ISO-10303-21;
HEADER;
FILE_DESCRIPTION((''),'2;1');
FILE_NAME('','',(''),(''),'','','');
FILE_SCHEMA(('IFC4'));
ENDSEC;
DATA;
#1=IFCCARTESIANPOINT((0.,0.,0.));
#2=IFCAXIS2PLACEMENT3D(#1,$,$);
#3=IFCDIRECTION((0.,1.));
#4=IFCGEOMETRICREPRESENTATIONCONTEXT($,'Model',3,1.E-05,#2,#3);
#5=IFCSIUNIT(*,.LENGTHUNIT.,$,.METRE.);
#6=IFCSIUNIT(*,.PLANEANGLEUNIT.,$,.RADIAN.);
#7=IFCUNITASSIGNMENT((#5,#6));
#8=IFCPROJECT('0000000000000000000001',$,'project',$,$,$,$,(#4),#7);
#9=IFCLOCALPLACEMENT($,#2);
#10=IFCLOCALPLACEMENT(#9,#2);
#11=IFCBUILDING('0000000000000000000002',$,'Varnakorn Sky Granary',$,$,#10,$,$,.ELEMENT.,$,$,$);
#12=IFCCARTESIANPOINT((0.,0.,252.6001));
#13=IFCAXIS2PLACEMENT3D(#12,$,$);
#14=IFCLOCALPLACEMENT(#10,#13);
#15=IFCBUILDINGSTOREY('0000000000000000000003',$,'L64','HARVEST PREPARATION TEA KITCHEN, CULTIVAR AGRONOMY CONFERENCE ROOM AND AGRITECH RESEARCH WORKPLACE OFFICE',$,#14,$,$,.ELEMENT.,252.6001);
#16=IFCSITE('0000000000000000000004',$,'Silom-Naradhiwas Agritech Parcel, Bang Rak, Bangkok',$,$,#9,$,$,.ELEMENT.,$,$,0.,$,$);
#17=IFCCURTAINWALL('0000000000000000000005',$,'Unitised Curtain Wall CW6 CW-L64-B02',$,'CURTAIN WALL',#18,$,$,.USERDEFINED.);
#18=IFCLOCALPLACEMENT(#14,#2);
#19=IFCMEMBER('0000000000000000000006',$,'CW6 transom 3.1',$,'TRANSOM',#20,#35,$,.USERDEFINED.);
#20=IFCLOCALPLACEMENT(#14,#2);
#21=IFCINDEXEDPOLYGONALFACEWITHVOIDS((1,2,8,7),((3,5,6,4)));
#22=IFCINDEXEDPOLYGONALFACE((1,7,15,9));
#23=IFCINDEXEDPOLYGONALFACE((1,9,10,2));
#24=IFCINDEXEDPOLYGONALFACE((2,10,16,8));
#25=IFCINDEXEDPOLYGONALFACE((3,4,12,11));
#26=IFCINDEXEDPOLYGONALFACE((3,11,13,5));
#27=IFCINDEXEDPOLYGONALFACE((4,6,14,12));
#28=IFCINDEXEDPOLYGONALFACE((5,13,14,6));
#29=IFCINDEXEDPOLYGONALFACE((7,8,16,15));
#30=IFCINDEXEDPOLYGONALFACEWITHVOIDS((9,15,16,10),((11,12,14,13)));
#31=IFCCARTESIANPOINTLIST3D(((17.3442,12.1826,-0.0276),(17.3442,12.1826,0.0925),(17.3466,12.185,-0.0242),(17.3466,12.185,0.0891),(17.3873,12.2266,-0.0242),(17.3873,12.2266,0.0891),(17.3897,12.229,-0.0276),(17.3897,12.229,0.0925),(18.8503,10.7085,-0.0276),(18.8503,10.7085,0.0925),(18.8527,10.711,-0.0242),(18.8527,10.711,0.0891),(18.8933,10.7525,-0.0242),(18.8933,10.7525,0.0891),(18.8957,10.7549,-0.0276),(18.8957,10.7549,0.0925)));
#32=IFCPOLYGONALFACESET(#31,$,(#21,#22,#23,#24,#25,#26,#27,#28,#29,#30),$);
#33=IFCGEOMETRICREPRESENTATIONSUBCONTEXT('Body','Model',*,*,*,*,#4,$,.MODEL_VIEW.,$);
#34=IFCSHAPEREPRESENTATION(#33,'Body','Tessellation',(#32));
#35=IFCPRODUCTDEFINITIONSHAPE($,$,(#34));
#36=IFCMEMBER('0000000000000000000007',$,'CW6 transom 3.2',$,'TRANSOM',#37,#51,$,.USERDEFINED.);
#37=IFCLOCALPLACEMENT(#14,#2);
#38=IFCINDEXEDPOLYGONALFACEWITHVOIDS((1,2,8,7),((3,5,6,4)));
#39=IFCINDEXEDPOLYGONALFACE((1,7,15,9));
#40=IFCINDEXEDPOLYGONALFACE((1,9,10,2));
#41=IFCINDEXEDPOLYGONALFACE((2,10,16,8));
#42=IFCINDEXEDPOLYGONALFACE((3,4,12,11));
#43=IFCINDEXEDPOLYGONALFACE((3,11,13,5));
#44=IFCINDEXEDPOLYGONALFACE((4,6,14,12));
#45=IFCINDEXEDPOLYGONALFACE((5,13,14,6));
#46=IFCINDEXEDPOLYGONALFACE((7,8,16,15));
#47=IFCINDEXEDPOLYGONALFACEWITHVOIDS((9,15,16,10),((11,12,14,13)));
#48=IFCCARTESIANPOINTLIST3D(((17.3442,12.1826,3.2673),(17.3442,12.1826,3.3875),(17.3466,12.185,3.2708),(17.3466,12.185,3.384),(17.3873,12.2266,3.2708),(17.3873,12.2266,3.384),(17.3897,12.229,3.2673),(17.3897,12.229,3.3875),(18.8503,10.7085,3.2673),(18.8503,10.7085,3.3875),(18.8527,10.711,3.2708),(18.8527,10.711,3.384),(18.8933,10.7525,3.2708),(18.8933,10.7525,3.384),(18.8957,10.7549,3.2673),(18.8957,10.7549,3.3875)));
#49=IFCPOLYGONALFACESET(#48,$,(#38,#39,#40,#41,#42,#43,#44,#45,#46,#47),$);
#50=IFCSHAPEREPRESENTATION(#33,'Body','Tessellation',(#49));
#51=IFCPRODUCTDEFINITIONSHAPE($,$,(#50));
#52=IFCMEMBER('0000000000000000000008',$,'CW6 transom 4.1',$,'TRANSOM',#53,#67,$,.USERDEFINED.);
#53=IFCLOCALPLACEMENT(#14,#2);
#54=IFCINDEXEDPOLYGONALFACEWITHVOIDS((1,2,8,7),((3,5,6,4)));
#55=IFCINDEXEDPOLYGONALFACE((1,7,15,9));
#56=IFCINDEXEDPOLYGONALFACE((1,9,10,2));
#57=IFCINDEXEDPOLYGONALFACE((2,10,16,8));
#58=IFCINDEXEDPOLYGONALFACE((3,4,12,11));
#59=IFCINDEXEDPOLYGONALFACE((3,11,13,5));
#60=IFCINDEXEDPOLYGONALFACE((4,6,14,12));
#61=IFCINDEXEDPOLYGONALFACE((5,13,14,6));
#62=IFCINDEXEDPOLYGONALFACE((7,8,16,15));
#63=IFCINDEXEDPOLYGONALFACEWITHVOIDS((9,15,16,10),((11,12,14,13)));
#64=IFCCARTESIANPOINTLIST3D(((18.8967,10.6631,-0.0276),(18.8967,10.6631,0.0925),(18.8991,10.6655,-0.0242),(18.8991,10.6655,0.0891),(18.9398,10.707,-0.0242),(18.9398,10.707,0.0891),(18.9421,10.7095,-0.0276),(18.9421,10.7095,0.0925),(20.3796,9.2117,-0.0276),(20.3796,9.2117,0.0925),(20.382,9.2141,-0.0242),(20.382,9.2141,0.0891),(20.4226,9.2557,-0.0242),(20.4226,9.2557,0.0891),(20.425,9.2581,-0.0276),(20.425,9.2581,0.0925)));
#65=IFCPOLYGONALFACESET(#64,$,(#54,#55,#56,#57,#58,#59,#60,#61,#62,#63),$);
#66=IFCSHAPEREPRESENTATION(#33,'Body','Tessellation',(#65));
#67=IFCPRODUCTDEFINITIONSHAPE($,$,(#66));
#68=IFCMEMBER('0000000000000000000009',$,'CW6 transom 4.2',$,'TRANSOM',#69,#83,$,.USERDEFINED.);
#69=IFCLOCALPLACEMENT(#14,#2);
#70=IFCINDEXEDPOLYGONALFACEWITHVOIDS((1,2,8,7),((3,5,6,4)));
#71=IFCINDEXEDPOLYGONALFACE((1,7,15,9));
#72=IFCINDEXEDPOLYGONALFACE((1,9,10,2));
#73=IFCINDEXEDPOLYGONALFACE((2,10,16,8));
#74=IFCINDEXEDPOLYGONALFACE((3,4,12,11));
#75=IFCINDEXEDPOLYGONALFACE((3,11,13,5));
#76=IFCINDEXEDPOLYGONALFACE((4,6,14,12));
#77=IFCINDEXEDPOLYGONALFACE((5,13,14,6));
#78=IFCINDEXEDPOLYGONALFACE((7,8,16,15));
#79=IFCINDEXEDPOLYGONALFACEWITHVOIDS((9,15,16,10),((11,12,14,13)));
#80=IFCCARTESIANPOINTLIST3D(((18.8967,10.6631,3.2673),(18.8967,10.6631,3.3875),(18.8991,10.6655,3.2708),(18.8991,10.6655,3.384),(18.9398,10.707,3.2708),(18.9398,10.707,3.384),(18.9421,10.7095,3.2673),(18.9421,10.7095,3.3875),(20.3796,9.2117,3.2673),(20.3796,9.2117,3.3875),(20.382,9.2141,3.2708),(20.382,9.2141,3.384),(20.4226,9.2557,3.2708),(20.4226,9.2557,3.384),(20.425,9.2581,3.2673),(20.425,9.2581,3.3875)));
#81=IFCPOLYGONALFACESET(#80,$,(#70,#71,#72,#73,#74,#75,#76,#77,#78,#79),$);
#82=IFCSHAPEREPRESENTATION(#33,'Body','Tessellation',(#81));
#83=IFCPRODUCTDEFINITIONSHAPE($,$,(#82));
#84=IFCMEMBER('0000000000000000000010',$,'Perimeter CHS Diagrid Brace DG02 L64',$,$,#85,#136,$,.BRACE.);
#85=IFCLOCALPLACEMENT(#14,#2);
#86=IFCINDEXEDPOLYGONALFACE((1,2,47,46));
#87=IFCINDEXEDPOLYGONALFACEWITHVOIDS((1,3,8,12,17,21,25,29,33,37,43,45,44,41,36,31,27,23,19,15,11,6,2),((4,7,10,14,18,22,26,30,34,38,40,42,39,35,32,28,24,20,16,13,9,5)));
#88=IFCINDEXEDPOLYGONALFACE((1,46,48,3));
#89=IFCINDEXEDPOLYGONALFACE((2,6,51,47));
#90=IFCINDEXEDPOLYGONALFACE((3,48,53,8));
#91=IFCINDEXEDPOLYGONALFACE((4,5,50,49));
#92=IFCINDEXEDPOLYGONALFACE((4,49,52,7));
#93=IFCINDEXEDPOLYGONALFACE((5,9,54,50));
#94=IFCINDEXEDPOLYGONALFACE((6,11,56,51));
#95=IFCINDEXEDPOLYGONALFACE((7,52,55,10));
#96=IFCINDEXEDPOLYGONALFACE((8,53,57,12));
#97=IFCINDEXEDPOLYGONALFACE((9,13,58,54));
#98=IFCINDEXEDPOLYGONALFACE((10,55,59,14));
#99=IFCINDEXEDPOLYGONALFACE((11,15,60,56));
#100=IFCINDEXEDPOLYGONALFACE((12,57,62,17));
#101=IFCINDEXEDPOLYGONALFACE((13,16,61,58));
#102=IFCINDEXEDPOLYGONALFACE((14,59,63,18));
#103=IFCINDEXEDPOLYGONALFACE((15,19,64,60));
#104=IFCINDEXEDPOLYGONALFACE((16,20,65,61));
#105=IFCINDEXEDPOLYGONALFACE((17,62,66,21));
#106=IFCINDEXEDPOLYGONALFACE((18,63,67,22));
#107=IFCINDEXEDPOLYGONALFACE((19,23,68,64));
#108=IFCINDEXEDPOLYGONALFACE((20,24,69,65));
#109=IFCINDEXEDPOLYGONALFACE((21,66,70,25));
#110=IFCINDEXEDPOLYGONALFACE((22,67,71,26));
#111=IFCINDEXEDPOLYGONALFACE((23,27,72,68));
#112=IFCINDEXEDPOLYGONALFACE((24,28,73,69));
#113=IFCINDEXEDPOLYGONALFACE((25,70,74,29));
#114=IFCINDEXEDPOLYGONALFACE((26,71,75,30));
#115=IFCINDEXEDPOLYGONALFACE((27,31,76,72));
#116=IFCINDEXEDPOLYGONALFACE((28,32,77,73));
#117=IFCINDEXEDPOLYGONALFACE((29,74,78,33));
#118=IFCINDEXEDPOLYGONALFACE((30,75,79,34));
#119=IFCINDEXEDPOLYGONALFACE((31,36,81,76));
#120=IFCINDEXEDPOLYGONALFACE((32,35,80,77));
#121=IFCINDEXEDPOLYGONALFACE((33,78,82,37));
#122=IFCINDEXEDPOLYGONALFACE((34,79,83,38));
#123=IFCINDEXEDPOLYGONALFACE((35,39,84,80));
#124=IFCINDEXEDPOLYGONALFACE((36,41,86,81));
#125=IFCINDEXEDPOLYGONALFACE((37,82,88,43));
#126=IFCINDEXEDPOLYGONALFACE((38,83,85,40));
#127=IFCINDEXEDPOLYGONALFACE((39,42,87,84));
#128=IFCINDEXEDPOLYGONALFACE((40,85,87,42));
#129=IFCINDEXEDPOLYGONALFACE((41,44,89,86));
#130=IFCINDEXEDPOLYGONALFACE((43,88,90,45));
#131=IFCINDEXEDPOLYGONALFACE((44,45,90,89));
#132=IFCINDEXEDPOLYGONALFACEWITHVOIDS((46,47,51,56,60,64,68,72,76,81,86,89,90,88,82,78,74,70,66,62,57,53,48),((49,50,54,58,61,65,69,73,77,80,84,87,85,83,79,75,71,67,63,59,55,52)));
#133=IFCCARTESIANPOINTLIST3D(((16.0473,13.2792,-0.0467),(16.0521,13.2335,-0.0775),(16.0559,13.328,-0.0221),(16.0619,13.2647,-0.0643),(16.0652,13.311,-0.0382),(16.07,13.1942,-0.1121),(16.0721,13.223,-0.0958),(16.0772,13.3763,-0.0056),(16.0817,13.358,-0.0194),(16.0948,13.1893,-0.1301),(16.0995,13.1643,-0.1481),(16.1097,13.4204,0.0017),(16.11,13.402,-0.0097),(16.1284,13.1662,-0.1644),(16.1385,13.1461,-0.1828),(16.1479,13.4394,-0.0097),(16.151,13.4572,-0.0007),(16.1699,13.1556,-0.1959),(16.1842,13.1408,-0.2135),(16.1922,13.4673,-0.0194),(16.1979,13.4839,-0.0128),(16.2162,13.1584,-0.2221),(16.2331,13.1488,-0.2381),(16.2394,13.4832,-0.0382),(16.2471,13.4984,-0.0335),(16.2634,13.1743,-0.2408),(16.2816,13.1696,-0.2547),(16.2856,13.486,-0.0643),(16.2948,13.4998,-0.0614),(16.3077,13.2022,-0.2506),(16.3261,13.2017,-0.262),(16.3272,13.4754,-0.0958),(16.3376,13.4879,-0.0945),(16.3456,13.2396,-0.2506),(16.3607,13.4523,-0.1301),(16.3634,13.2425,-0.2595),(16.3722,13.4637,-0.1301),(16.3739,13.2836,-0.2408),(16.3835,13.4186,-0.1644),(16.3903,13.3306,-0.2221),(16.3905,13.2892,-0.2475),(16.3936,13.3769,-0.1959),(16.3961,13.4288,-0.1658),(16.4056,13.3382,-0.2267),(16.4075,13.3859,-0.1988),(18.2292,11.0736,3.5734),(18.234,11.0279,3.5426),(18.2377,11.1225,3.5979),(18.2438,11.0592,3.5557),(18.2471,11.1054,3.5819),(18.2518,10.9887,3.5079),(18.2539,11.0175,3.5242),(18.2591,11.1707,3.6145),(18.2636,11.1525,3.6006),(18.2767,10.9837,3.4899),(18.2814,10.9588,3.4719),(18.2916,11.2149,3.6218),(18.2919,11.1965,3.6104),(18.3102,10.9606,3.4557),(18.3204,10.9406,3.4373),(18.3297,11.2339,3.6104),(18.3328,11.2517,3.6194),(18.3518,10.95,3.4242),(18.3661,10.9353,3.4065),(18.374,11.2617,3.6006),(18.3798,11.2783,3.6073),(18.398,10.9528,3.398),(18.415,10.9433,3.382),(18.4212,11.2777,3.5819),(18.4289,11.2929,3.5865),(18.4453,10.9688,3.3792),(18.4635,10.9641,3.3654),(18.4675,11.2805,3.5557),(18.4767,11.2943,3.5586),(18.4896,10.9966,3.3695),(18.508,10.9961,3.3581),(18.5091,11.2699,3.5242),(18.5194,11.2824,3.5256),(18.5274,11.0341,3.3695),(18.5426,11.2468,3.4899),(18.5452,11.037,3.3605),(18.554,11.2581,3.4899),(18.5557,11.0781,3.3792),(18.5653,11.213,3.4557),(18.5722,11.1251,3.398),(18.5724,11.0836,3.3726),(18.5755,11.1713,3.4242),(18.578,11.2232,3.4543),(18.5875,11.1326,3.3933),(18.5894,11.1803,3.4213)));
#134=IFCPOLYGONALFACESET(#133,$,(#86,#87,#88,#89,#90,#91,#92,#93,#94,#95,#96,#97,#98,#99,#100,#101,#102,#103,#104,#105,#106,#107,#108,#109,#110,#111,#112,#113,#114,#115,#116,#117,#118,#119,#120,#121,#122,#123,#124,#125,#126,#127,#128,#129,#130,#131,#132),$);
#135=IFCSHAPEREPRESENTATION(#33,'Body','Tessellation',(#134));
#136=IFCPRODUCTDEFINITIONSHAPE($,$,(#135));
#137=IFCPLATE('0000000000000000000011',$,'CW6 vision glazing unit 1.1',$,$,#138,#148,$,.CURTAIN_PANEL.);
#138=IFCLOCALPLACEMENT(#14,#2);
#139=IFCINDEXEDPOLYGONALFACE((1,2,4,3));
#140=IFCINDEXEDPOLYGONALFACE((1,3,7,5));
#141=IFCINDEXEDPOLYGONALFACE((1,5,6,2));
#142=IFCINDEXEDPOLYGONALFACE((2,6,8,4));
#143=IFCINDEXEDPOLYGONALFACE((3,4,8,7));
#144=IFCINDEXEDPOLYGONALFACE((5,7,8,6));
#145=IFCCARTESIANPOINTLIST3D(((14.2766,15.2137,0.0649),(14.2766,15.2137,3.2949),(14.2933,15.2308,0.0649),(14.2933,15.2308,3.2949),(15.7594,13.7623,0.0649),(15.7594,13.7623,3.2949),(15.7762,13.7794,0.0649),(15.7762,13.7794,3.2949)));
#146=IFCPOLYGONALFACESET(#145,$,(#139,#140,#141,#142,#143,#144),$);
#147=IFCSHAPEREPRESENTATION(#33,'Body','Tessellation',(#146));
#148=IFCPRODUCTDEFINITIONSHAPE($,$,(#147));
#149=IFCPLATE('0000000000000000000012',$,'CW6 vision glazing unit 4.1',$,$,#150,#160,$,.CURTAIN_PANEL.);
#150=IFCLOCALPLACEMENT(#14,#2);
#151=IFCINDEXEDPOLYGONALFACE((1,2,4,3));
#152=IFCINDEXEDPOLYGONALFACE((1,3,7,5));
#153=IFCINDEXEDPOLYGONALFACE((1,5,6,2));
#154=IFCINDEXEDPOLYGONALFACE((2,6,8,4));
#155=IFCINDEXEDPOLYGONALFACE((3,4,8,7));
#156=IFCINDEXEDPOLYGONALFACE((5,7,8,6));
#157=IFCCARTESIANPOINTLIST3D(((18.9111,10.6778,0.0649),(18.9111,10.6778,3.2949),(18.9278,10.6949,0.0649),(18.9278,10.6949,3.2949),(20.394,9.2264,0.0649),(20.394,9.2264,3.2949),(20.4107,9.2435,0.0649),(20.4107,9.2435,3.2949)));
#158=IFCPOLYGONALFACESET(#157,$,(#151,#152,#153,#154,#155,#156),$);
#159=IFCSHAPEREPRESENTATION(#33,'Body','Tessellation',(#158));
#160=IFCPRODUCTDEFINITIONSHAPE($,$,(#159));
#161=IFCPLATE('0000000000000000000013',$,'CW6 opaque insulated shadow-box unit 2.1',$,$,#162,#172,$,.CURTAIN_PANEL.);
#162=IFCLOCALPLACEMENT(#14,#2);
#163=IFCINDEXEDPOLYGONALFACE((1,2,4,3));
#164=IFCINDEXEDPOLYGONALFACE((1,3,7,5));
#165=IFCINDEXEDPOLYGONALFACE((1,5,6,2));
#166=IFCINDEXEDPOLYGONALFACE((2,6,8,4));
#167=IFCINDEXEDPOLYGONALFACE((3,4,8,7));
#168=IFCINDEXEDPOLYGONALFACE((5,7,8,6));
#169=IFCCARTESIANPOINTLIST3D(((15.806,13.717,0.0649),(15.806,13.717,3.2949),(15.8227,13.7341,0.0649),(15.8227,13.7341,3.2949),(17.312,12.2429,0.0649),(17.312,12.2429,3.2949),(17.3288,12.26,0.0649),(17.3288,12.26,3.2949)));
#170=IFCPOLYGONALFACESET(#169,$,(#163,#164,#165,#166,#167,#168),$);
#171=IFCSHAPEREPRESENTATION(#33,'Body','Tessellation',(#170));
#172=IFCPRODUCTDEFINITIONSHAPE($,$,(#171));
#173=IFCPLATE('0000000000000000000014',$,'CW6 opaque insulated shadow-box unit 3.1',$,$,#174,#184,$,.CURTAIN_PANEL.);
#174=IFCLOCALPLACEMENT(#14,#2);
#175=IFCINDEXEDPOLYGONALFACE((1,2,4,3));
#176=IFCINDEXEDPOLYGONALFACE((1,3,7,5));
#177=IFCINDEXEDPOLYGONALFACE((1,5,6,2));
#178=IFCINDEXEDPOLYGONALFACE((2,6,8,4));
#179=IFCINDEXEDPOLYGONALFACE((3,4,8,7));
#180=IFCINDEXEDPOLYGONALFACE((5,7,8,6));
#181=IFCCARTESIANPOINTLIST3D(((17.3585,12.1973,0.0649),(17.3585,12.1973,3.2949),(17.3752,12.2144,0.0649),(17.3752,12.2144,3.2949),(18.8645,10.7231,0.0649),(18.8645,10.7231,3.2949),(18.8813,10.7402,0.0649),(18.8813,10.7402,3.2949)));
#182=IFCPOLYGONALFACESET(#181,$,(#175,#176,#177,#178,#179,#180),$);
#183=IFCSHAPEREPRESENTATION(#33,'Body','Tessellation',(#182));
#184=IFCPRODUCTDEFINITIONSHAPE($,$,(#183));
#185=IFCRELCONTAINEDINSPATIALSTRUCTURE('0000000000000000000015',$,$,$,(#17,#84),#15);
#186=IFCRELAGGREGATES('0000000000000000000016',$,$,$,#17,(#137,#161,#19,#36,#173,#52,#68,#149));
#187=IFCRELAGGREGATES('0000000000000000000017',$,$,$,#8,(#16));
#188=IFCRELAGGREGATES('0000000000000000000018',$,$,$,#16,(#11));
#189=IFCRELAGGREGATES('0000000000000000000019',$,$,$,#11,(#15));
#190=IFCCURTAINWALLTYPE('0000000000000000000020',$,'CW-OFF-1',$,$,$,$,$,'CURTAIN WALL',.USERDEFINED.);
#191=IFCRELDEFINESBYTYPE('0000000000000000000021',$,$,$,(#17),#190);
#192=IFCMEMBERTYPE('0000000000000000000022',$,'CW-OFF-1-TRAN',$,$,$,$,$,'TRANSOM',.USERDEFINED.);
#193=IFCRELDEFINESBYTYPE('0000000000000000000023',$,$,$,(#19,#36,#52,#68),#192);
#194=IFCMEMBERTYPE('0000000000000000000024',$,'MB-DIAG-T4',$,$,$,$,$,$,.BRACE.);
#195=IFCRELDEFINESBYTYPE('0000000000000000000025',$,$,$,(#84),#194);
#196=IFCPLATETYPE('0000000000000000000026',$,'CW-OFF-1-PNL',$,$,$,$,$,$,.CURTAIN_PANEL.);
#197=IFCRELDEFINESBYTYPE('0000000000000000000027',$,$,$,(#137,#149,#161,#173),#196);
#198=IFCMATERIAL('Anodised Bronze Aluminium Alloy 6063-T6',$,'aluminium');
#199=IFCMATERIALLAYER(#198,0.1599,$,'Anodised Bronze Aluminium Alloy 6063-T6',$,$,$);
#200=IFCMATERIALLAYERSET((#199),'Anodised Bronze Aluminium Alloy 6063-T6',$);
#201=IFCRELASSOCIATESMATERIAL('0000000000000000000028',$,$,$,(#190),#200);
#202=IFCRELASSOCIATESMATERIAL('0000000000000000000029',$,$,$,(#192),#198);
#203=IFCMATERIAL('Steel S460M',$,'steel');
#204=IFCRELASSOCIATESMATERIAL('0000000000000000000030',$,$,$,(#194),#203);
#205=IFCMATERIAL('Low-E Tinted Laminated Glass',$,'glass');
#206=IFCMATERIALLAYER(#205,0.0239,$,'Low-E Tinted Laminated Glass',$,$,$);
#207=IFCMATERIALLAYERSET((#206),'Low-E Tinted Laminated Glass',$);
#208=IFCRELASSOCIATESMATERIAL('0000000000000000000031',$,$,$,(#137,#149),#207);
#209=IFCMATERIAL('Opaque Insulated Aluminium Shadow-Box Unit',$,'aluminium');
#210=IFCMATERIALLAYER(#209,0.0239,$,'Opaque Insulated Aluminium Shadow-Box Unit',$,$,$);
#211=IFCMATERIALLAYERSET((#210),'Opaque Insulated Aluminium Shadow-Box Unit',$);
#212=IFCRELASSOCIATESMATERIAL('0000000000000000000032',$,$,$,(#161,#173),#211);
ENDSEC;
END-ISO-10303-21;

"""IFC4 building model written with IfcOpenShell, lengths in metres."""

from ifc_helpers import new_model, si_unit, direction, frame, origin, origin_2d, place, context, subcontext, project, spatial, rectangle, hollow_rectangle, hollow_circle, extrude, source, transform, mapped, material, layer, layer_set, material_profile, profile_set, type_object, type_shapes, element, aggregate, save


model = new_model("IFC4")

# Units and contexts
model_context = context("Model", 3, precision=1e-05, world=origin(), true_north=direction((0.0, 1.0)))
body_context = subcontext(model_context, "Body", "Model", "MODEL_VIEW")
ifc_project = project(units=[si_unit("LENGTHUNIT", "METRE"), si_unit("PLANEANGLEUNIT", "RADIAN")], contexts=[model_context])

# Site, building, storey
site_placement = place(None, origin())
site = spatial("IfcSite", under=ifc_project, at=site_placement, Name="Silom-Naradhiwas Agritech Parcel, Bang Rak, Bangkok", CompositionType="ELEMENT", RefElevation=0.0)
building_placement = place(site_placement, origin())
building = spatial("IfcBuilding", under=site, at=building_placement, Name="Varnakorn Sky Granary", CompositionType="ELEMENT")
storey_placement = place(building_placement, frame((0.0, 0.0, 252.6001)))
storey = spatial("IfcBuildingStorey", under=building, at=storey_placement, Name="L64", Description="HARVEST PREPARATION TEA KITCHEN, CULTIVAR AGRONOMY CONFERENCE ROOM AND AGRITECH RESEARCH WORKPLACE OFFICE", CompositionType="ELEMENT", Elevation=252.6001)

# Curtain wall, members
ifc_material_1 = material(Name="Anodised Bronze Aluminium Alloy 6063-T6", Category="aluminium")
ifc_layer_1 = layer(ifc_material_1, 0.1599, Name="Anodised Bronze Aluminium Alloy 6063-T6")
ifc_layer_set_1 = layer_set([ifc_layer_1], Name="Anodised Bronze Aluminium Alloy 6063-T6")
curtain_wall_type = type_object("IfcCurtainWallType", Name="CW-OFF-1", ElementType="CURTAIN WALL", PredefinedType="USERDEFINED", material=ifc_layer_set_1)
curtain_wall_placement = place(storey_placement, origin())
curtain_wall = element("IfcCurtainWall", 1, at=curtain_wall_placement, inside=storey, type_object=curtain_wall_type, Name="Unitised Curtain Wall CW6 CW-L64-B02", ObjectType="CURTAIN WALL", PredefinedType="USERDEFINED")
ifc_material_profile_1 = material_profile(ifc_material_1, hollow_rectangle(XDim=0.0649, YDim=0.1201, WallThickness=0.0034, at=origin_2d()), Name="ALU TRAN 65x120")
ifc_profile_set_1 = profile_set([ifc_material_profile_1], Name="Anodised Bronze Aluminium Alloy 6063-T6")
member_type_1 = type_object("IfcMemberType", Name="CW-OFF-1-TRAN", ElementType="TRANSOM", PredefinedType="USERDEFINED", material=ifc_profile_set_1)
member_1_placement = place(storey_placement, frame((17.3669, 12.2058, 0.0325), z_axis=(0.714654, -0.699478, 0.0), x_axis=(0.699478, 0.714654, 0.0)))
member_1 = element("IfcMember", 2, at=member_1_placement, type_object=member_type_1, Name="CW6 transom 3.1", ObjectType="TRANSOM", PredefinedType="USERDEFINED", context=body_context, shape_type="SweptSolid", body=[
    extrude(hollow_rectangle(XDim=0.0649, YDim=0.1201, WallThickness=0.0034, at=origin_2d()), origin(), (0.0, 0.0, 1.0), 2.1074),
])
member_2_placement = place(storey_placement, frame((17.3669, 12.2058, 3.3274), z_axis=(0.714654, -0.699478, 0.0), x_axis=(0.699478, 0.714654, 0.0)))
member_2 = element("IfcMember", 3, at=member_2_placement, type_object=member_type_1, Name="CW6 transom 3.2", ObjectType="TRANSOM", PredefinedType="USERDEFINED", context=body_context, shape_type="SweptSolid", body=[
    extrude(hollow_rectangle(XDim=0.0649, YDim=0.1201, WallThickness=0.0034, at=origin_2d()), origin(), (0.0, 0.0, 1.0), 2.1074),
])
member_3_placement = place(storey_placement, frame((18.9194, 10.6863, 0.0325), z_axis=(0.714655, -0.699477, 0.0), x_axis=(0.699477, 0.714655, 0.0)))
member_3 = element("IfcMember", 4, at=member_3_placement, type_object=member_type_1, Name="CW6 transom 4.1", ObjectType="TRANSOM", PredefinedType="USERDEFINED", context=body_context, shape_type="SweptSolid", body=[
    extrude(hollow_rectangle(XDim=0.0649, YDim=0.1201, WallThickness=0.0034, at=origin_2d()), origin(), (0.0, 0.0, 1.0), 2.075),
])
member_4_placement = place(storey_placement, frame((18.9194, 10.6863, 3.3274), z_axis=(0.714655, -0.699477, 0.0), x_axis=(0.699477, 0.714655, 0.0)))
member_4 = element("IfcMember", 5, at=member_4_placement, type_object=member_type_1, Name="CW6 transom 4.2", ObjectType="TRANSOM", PredefinedType="USERDEFINED", context=body_context, shape_type="SweptSolid", body=[
    extrude(hollow_rectangle(XDim=0.0649, YDim=0.1201, WallThickness=0.0034, at=origin_2d()), origin(), (0.0, 0.0, 1.0), 2.075),
])

# Member
ifc_material_2 = material(Name="Steel S460M", Category="steel")
ifc_material_profile_2 = material_profile(ifc_material_2, hollow_circle(Radius=0.2031, WallThickness=0.0161, at=origin_2d()), Name="CHS 406.4x16")
ifc_profile_set_2 = profile_set([ifc_material_profile_2], Name="Steel S460M")
member_type_2 = type_object("IfcMemberType", Name="MB-DIAG-T4", PredefinedType="BRACE", material=ifc_profile_set_2)
member_5_placement = place(storey_placement, frame((16.2278, 13.3208, -0.1301), z_axis=(0.457645, -0.462612, 0.75931), x_axis=(0.710913, 0.70328, 0.0)))
element("IfcMember", 6, at=member_5_placement, inside=storey, type_object=member_type_2, Name="Perimeter CHS Diagrid Brace DG02 L64", PredefinedType="BRACE", context=body_context, shape_type="SweptSolid", body=[
    extrude(hollow_circle(Radius=0.2031, WallThickness=0.0161, at=origin_2d()), origin(), (0.0, 0.0, 1.0), 4.7676),
])

# Plates
ifc_material_3 = material(Name="Low-E Tinted Laminated Glass", Category="glass")
ifc_layer_2 = layer(ifc_material_3, 0.0239, Name="Low-E Tinted Laminated Glass")
ifc_layer_set_2 = layer_set([ifc_layer_2], Name="Low-E Tinted Laminated Glass")
plate_type = type_object("IfcPlateType", Name="CW-OFF-1-PNL", PredefinedType="CURTAIN_PANEL")
shared_shape_1 = source(origin(), body_context, "Body", "SweptSolid", [
    extrude(rectangle(XDim=2.075, YDim=0.0239, at=origin_2d()), origin(), (0.0, 0.0, 1.0), 3.23),
])
plate_1_placement = place(storey_placement, frame((15.0264, 14.4966, 0.0649), z_axis=(0.0, 0.0, 1.0), x_axis=(0.71465, -0.699482, 0.0)))
plate_1 = element("IfcPlate", 7, at=plate_1_placement, type_object=plate_type, material=ifc_layer_set_2, Name="CW6 vision glazing unit 1.1", PredefinedType="CURTAIN_PANEL", context=body_context, shape_type="MappedRepresentation", body=[
    mapped(shared_shape_1, transform((0.0, 0.0, 0.0), x_axis=(1.0, 0.0, 0.0), y_axis=(0.0, 1.0, 0.0), z_axis=(0.0, 0.0, 1.0), scale=1.0)),
])
plate_2_placement = place(storey_placement, frame((19.6609, 9.9607, 0.0649), z_axis=(0.0, 0.0, 1.0), x_axis=(0.71465, -0.699482, 0.0)))
plate_2 = element("IfcPlate", 8, at=plate_2_placement, type_object=plate_type, material=ifc_layer_set_2, Name="CW6 vision glazing unit 4.1", PredefinedType="CURTAIN_PANEL", context=body_context, shape_type="MappedRepresentation", body=[
    mapped(shared_shape_1, transform((0.0, 0.0, 0.0), x_axis=(1.0, 0.0, 0.0), y_axis=(0.0, 1.0, 0.0), z_axis=(0.0, 0.0, 1.0), scale=1.0)),
])
ifc_material_4 = material(Name="Opaque Insulated Aluminium Shadow-Box Unit", Category="aluminium")
ifc_layer_3 = layer(ifc_material_4, 0.0239, Name="Opaque Insulated Aluminium Shadow-Box Unit")
ifc_layer_set_3 = layer_set([ifc_layer_3], Name="Opaque Insulated Aluminium Shadow-Box Unit")
shared_shape_2 = source(origin(), body_context, "Body", "SweptSolid", [
    extrude(rectangle(XDim=2.1074, YDim=0.0239, at=origin_2d()), origin(), (0.0, 0.0, 1.0), 3.23),
])
type_shapes(plate_type, [shared_shape_1, shared_shape_2])
plate_3_placement = place(storey_placement, frame((16.5674, 12.9885, 0.0649), z_axis=(0.0, 0.0, 1.0), x_axis=(0.71465, -0.699482, 0.0)))
plate_3 = element("IfcPlate", 9, at=plate_3_placement, type_object=plate_type, material=ifc_layer_set_3, Name="CW6 opaque insulated shadow-box unit 2.1", PredefinedType="CURTAIN_PANEL", context=body_context, shape_type="MappedRepresentation", body=[
    mapped(shared_shape_2, transform((0.0, 0.0, 0.0), x_axis=(1.0, 0.0, 0.0), y_axis=(0.0, 1.0, 0.0), z_axis=(0.0, 0.0, 1.0), scale=1.0)),
])
plate_4_placement = place(storey_placement, frame((18.1199, 11.4688, 0.0649), z_axis=(0.0, 0.0, 1.0), x_axis=(0.71465, -0.699482, 0.0)))
plate_4 = element("IfcPlate", 10, at=plate_4_placement, type_object=plate_type, material=ifc_layer_set_3, Name="CW6 opaque insulated shadow-box unit 3.1", PredefinedType="CURTAIN_PANEL", context=body_context, shape_type="MappedRepresentation", body=[
    mapped(shared_shape_2, transform((0.0, 0.0, 0.0), x_axis=(1.0, 0.0, 0.0), y_axis=(0.0, 1.0, 0.0), z_axis=(0.0, 0.0, 1.0), scale=1.0)),
])
aggregate(curtain_wall, [plate_1, plate_3, member_1, member_2, plate_4, member_3, member_4, plate_2])

save(model, "model.ifc")
